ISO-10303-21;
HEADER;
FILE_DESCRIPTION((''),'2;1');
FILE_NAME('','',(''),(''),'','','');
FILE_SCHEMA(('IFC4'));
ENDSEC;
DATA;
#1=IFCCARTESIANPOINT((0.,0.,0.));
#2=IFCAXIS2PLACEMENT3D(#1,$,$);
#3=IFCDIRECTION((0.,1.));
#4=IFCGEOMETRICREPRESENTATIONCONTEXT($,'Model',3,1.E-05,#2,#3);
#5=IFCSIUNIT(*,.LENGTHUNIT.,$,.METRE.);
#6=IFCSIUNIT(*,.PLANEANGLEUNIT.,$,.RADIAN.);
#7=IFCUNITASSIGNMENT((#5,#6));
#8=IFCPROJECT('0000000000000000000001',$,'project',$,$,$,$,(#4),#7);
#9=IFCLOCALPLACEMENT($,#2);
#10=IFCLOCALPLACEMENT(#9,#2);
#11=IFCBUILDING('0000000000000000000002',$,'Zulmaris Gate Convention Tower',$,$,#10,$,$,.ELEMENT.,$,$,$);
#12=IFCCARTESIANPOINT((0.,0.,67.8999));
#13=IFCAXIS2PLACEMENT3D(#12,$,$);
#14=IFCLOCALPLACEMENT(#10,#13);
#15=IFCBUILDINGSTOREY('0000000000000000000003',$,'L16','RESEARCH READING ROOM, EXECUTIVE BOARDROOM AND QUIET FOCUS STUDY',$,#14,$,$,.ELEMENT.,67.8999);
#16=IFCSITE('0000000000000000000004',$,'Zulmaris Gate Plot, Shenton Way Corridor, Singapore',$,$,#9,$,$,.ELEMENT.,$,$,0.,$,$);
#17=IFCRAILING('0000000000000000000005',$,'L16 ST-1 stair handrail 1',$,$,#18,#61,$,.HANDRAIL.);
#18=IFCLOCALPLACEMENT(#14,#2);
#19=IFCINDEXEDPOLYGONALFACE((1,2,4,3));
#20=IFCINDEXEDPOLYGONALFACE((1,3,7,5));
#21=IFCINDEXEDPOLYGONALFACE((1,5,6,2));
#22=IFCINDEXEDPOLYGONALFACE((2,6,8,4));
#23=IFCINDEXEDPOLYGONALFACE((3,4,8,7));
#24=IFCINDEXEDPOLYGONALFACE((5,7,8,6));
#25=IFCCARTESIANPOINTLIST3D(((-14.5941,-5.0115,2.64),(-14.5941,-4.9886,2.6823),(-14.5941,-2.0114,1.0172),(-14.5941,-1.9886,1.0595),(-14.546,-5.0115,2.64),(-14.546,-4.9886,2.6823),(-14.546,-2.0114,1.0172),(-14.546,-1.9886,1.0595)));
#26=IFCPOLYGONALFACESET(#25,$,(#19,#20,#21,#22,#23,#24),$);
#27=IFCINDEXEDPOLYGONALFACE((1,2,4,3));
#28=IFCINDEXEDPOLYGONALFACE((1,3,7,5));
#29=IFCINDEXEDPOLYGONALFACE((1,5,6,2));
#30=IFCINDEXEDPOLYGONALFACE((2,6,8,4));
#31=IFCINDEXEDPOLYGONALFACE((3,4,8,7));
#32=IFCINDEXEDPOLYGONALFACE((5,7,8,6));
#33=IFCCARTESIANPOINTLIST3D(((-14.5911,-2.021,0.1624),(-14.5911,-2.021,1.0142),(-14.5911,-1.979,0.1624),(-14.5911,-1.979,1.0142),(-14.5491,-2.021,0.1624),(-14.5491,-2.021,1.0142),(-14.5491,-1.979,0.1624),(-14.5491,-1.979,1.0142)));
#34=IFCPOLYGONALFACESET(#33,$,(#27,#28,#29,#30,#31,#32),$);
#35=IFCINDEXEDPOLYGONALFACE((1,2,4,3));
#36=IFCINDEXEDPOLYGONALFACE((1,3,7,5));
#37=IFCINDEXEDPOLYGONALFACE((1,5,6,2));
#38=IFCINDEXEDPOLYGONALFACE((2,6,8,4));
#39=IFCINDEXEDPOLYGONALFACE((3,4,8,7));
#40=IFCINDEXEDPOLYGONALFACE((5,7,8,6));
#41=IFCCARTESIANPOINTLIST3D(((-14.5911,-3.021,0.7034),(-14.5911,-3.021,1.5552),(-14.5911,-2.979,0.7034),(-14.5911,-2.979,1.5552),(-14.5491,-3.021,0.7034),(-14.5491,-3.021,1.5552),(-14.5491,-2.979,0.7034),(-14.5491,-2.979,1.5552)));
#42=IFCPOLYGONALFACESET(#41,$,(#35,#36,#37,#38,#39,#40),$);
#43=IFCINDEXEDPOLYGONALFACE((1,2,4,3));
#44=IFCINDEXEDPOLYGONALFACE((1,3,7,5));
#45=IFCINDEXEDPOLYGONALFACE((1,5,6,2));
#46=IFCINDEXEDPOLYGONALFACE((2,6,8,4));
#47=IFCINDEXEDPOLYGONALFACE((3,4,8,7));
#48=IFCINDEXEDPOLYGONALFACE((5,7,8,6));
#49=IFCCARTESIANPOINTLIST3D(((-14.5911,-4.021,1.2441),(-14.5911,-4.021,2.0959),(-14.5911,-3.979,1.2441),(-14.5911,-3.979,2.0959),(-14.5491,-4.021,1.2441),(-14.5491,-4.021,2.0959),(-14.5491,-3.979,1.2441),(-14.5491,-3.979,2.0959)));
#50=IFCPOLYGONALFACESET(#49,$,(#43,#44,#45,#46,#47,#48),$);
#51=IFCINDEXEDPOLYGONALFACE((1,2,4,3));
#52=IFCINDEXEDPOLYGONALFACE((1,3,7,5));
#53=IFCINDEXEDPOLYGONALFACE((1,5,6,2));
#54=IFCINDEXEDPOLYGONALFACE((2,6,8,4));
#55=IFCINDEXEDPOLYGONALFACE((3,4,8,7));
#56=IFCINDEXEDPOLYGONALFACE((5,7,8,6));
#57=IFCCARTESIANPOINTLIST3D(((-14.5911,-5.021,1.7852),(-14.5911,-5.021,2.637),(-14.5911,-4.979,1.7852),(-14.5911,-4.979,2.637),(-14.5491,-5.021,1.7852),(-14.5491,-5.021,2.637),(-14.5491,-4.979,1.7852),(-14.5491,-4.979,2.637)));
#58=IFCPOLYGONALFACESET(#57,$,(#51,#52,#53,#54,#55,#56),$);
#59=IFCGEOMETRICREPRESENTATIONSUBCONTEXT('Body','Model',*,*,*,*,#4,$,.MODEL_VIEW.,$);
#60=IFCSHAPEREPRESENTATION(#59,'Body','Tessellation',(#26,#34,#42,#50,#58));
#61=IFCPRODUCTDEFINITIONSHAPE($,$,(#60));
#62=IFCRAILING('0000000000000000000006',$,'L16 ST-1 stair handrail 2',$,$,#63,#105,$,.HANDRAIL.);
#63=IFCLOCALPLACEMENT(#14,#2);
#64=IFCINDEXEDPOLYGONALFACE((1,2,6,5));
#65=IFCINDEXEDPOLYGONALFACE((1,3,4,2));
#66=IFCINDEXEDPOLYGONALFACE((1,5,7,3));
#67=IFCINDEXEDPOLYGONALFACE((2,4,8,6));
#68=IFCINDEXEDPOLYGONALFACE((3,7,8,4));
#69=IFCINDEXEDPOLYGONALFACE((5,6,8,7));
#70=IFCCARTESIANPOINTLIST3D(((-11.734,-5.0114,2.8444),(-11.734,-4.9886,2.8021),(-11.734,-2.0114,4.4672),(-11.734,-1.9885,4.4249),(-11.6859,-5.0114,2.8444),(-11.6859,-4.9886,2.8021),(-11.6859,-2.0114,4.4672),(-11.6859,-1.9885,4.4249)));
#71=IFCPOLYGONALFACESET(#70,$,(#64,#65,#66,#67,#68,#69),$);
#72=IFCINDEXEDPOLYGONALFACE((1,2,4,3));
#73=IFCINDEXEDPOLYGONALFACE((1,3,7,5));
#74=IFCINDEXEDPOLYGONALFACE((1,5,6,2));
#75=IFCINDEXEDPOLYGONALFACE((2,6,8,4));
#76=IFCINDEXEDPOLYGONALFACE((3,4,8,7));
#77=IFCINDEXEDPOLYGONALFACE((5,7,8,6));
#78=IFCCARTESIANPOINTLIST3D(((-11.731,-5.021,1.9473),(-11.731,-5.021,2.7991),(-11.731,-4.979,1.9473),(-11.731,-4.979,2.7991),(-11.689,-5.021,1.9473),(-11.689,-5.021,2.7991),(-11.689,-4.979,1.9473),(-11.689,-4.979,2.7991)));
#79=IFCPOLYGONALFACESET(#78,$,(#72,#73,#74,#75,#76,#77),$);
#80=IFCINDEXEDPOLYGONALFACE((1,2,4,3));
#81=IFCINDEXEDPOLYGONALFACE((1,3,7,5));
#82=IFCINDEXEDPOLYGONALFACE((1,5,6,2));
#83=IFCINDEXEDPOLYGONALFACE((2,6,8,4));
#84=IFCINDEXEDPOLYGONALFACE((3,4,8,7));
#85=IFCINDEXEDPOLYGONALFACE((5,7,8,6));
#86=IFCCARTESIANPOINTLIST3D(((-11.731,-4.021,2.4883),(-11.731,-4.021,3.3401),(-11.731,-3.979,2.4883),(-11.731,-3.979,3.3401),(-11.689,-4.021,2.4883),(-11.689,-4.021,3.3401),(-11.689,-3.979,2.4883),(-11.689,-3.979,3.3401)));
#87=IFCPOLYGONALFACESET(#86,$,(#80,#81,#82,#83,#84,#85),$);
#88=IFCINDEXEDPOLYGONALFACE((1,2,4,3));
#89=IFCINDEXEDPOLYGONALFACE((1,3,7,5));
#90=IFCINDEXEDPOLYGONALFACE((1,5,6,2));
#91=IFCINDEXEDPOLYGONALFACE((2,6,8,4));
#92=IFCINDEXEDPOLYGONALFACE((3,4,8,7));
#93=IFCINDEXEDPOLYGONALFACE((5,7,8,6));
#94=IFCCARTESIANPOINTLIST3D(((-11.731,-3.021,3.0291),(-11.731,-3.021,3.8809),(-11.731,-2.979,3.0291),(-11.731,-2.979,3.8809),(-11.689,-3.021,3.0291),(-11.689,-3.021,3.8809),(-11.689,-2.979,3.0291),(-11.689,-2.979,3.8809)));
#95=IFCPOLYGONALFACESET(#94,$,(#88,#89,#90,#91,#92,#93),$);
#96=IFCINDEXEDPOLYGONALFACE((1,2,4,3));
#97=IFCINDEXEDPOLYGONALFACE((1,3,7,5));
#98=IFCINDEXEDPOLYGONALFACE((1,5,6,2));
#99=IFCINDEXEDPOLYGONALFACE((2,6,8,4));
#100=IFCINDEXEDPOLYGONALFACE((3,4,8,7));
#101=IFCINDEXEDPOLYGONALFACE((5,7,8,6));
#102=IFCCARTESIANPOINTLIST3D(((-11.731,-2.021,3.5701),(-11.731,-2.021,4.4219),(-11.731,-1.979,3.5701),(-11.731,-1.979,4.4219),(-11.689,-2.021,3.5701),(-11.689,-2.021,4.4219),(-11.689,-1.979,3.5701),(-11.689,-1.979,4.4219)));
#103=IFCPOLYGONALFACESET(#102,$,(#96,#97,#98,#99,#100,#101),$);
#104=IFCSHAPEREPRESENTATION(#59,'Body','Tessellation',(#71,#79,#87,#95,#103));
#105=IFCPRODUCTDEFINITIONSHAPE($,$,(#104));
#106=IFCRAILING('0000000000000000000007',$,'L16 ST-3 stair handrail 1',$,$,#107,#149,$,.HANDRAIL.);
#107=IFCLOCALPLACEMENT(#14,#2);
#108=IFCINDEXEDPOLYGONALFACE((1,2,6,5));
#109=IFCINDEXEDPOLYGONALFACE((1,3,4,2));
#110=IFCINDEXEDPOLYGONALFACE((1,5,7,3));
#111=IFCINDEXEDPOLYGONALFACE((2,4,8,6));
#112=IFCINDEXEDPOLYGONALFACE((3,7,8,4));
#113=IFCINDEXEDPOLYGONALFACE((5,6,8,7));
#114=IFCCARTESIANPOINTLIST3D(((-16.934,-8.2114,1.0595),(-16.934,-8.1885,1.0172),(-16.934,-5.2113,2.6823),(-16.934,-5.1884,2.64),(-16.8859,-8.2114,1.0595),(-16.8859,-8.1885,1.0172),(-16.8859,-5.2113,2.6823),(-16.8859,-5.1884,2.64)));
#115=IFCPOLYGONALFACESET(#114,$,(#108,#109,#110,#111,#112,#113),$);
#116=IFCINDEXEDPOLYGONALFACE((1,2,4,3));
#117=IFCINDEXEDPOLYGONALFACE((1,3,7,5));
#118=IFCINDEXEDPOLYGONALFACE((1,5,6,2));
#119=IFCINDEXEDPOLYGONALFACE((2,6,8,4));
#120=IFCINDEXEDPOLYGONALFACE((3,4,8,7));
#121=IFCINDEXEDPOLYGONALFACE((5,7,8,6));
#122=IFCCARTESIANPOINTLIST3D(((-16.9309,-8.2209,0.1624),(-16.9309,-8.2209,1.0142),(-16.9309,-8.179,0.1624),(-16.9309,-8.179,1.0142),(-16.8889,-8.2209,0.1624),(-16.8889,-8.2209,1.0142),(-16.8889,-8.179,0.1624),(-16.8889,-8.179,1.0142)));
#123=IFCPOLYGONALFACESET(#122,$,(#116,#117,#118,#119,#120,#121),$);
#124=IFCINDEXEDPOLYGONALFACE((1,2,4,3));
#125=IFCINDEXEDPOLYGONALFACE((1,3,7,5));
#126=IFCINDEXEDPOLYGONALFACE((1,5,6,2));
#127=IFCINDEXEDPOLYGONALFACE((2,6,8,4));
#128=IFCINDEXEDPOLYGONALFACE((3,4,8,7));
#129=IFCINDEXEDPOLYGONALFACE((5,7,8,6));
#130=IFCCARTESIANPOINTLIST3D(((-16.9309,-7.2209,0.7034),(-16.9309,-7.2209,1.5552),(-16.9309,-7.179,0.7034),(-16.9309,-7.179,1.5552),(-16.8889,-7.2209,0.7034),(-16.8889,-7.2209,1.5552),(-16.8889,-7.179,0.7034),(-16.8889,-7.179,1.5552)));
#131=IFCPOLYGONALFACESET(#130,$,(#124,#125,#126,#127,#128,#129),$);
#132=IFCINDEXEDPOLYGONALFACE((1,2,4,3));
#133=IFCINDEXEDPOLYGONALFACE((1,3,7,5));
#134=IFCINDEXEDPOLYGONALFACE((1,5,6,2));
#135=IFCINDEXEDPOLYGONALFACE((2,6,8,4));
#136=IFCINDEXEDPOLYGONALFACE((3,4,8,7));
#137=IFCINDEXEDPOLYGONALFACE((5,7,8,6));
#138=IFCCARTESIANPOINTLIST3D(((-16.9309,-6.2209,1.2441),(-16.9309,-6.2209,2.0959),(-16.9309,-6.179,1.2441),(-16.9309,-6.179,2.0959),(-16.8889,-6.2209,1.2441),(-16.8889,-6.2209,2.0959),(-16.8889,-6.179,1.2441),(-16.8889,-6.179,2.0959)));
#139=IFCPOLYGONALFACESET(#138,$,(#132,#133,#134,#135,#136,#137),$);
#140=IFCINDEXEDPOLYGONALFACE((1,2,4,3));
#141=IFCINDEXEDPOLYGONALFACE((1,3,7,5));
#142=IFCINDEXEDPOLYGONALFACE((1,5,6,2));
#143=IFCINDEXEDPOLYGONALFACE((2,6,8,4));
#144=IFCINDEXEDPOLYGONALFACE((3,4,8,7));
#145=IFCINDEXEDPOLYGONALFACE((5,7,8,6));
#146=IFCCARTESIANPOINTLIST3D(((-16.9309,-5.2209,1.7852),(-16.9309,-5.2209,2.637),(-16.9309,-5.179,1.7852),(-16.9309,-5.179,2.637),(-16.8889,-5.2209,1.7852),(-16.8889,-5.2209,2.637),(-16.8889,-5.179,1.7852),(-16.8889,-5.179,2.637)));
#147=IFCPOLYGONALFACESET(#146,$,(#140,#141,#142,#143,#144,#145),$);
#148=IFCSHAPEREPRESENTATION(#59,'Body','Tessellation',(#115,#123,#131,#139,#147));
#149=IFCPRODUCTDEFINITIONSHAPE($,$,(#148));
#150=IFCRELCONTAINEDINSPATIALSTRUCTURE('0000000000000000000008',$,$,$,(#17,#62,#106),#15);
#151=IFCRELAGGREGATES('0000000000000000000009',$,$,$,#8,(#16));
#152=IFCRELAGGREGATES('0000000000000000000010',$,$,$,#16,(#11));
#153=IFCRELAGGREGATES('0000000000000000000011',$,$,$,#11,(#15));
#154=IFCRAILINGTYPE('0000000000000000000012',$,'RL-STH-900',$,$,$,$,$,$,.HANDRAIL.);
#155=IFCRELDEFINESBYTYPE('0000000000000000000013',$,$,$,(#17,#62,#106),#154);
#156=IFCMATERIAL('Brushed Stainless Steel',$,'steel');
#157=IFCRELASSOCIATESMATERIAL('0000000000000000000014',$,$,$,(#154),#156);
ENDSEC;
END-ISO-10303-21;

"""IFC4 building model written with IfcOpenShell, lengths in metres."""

from ifc_helpers import new_model, si_unit, direction, frame, origin, origin_2d, place, context, subcontext, project, spatial, rectangle, extrude, material, type_object, element, save


model = new_model("IFC4")

# Units and contexts
model_context = context("Model", 3, precision=1e-05, world=origin(), true_north=direction((0.0, 1.0)))
body_context = subcontext(model_context, "Body", "Model", "MODEL_VIEW")
ifc_project = project(units=[si_unit("LENGTHUNIT", "METRE"), si_unit("PLANEANGLEUNIT", "RADIAN")], contexts=[model_context])

# Site, building, storey
site_placement = place(None, origin())
site = spatial("IfcSite", under=ifc_project, at=site_placement, Name="Zulmaris Gate Plot, Shenton Way Corridor, Singapore", CompositionType="ELEMENT", RefElevation=0.0)
building_placement = place(site_placement, origin())
building = spatial("IfcBuilding", under=site, at=building_placement, Name="Zulmaris Gate Convention Tower", CompositionType="ELEMENT")
storey_placement = place(building_placement, frame((0.0, 0.0, 67.8999)))
storey = spatial("IfcBuildingStorey", under=building, at=storey_placement, Name="L16", Description="RESEARCH READING ROOM, EXECUTIVE BOARDROOM AND QUIET FOCUS STUDY", CompositionType="ELEMENT", Elevation=67.8999)

# Shared definitions
ifc_material_1 = material(Name="Brushed Stainless Steel", Category="steel")

# Railings
railing_type_1 = type_object("IfcRailingType", Name="RL-STH-900", PredefinedType="HANDRAIL", material=ifc_material_1)
railing_1_placement = place(storey_placement, frame((-14.5701, -2.0, 0.1624)))
element("IfcRailing", 1, at=railing_1_placement, inside=storey, type_object=railing_type_1, Name="L16 ST-1 stair handrail 1", PredefinedType="HANDRAIL", context=body_context, shape_type="SweptSolid", body=[
    extrude(rectangle(XDim=0.0481, YDim=0.0481, at=origin_2d()), frame((0.0, 0.0, 0.876), z_axis=(0.0, -0.879562, 0.475785), x_axis=(1.0, 0.0, 0.0)), (0.0, 0.0, 1.0), 3.4109),
    extrude(rectangle(XDim=0.042, YDim=0.042, at=origin_2d()), origin(), (0.0, 0.0, 1.0), 0.8518),
    extrude(rectangle(XDim=0.042, YDim=0.042, at=origin_2d()), frame((0.0, -1.0, 0.541)), (0.0, 0.0, 1.0), 0.8518),
    extrude(rectangle(XDim=0.042, YDim=0.042, at=origin_2d()), frame((0.0, -2.0, 1.0818)), (0.0, 0.0, 1.0), 0.8518),
    extrude(rectangle(XDim=0.042, YDim=0.042, at=origin_2d()), frame((0.0, -3.0, 1.6228)), (0.0, 0.0, 1.0), 0.8518),
])
for number, where, name in (
    (2, (-11.71, -5.0, 1.9473), "L16 ST-1 stair handrail 2"),
    (3, (-16.9099, -8.2, 0.1624), "L16 ST-3 stair handrail 1"),
):
    element("IfcRailing", number, at=place(storey_placement, frame(where)), inside=storey, type_object=railing_type_1, Name=name, PredefinedType="HANDRAIL", context=body_context, shape_type="SweptSolid", body=[
        extrude(rectangle(XDim=0.0481, YDim=0.0481, at=origin_2d()), frame((0.0, 0.0, 0.876), z_axis=(0.0, 0.879562, 0.475785), x_axis=(-1.0, 0.0, 0.0)), (0.0, 0.0, 1.0), 3.4109),
        extrude(rectangle(XDim=0.042, YDim=0.042, at=origin_2d()), origin(), (0.0, 0.0, 1.0), 0.8518),
        extrude(rectangle(XDim=0.042, YDim=0.042, at=origin_2d()), frame((0.0, 1.0, 0.541)), (0.0, 0.0, 1.0), 0.8518),
        extrude(rectangle(XDim=0.042, YDim=0.042, at=origin_2d()), frame((0.0, 2.0, 1.0818)), (0.0, 0.0, 1.0), 0.8518),
        extrude(rectangle(XDim=0.042, YDim=0.042, at=origin_2d()), frame((0.0, 3.0, 1.6228)), (0.0, 0.0, 1.0), 0.8518),
    ])

save(model, "model.ifc")
